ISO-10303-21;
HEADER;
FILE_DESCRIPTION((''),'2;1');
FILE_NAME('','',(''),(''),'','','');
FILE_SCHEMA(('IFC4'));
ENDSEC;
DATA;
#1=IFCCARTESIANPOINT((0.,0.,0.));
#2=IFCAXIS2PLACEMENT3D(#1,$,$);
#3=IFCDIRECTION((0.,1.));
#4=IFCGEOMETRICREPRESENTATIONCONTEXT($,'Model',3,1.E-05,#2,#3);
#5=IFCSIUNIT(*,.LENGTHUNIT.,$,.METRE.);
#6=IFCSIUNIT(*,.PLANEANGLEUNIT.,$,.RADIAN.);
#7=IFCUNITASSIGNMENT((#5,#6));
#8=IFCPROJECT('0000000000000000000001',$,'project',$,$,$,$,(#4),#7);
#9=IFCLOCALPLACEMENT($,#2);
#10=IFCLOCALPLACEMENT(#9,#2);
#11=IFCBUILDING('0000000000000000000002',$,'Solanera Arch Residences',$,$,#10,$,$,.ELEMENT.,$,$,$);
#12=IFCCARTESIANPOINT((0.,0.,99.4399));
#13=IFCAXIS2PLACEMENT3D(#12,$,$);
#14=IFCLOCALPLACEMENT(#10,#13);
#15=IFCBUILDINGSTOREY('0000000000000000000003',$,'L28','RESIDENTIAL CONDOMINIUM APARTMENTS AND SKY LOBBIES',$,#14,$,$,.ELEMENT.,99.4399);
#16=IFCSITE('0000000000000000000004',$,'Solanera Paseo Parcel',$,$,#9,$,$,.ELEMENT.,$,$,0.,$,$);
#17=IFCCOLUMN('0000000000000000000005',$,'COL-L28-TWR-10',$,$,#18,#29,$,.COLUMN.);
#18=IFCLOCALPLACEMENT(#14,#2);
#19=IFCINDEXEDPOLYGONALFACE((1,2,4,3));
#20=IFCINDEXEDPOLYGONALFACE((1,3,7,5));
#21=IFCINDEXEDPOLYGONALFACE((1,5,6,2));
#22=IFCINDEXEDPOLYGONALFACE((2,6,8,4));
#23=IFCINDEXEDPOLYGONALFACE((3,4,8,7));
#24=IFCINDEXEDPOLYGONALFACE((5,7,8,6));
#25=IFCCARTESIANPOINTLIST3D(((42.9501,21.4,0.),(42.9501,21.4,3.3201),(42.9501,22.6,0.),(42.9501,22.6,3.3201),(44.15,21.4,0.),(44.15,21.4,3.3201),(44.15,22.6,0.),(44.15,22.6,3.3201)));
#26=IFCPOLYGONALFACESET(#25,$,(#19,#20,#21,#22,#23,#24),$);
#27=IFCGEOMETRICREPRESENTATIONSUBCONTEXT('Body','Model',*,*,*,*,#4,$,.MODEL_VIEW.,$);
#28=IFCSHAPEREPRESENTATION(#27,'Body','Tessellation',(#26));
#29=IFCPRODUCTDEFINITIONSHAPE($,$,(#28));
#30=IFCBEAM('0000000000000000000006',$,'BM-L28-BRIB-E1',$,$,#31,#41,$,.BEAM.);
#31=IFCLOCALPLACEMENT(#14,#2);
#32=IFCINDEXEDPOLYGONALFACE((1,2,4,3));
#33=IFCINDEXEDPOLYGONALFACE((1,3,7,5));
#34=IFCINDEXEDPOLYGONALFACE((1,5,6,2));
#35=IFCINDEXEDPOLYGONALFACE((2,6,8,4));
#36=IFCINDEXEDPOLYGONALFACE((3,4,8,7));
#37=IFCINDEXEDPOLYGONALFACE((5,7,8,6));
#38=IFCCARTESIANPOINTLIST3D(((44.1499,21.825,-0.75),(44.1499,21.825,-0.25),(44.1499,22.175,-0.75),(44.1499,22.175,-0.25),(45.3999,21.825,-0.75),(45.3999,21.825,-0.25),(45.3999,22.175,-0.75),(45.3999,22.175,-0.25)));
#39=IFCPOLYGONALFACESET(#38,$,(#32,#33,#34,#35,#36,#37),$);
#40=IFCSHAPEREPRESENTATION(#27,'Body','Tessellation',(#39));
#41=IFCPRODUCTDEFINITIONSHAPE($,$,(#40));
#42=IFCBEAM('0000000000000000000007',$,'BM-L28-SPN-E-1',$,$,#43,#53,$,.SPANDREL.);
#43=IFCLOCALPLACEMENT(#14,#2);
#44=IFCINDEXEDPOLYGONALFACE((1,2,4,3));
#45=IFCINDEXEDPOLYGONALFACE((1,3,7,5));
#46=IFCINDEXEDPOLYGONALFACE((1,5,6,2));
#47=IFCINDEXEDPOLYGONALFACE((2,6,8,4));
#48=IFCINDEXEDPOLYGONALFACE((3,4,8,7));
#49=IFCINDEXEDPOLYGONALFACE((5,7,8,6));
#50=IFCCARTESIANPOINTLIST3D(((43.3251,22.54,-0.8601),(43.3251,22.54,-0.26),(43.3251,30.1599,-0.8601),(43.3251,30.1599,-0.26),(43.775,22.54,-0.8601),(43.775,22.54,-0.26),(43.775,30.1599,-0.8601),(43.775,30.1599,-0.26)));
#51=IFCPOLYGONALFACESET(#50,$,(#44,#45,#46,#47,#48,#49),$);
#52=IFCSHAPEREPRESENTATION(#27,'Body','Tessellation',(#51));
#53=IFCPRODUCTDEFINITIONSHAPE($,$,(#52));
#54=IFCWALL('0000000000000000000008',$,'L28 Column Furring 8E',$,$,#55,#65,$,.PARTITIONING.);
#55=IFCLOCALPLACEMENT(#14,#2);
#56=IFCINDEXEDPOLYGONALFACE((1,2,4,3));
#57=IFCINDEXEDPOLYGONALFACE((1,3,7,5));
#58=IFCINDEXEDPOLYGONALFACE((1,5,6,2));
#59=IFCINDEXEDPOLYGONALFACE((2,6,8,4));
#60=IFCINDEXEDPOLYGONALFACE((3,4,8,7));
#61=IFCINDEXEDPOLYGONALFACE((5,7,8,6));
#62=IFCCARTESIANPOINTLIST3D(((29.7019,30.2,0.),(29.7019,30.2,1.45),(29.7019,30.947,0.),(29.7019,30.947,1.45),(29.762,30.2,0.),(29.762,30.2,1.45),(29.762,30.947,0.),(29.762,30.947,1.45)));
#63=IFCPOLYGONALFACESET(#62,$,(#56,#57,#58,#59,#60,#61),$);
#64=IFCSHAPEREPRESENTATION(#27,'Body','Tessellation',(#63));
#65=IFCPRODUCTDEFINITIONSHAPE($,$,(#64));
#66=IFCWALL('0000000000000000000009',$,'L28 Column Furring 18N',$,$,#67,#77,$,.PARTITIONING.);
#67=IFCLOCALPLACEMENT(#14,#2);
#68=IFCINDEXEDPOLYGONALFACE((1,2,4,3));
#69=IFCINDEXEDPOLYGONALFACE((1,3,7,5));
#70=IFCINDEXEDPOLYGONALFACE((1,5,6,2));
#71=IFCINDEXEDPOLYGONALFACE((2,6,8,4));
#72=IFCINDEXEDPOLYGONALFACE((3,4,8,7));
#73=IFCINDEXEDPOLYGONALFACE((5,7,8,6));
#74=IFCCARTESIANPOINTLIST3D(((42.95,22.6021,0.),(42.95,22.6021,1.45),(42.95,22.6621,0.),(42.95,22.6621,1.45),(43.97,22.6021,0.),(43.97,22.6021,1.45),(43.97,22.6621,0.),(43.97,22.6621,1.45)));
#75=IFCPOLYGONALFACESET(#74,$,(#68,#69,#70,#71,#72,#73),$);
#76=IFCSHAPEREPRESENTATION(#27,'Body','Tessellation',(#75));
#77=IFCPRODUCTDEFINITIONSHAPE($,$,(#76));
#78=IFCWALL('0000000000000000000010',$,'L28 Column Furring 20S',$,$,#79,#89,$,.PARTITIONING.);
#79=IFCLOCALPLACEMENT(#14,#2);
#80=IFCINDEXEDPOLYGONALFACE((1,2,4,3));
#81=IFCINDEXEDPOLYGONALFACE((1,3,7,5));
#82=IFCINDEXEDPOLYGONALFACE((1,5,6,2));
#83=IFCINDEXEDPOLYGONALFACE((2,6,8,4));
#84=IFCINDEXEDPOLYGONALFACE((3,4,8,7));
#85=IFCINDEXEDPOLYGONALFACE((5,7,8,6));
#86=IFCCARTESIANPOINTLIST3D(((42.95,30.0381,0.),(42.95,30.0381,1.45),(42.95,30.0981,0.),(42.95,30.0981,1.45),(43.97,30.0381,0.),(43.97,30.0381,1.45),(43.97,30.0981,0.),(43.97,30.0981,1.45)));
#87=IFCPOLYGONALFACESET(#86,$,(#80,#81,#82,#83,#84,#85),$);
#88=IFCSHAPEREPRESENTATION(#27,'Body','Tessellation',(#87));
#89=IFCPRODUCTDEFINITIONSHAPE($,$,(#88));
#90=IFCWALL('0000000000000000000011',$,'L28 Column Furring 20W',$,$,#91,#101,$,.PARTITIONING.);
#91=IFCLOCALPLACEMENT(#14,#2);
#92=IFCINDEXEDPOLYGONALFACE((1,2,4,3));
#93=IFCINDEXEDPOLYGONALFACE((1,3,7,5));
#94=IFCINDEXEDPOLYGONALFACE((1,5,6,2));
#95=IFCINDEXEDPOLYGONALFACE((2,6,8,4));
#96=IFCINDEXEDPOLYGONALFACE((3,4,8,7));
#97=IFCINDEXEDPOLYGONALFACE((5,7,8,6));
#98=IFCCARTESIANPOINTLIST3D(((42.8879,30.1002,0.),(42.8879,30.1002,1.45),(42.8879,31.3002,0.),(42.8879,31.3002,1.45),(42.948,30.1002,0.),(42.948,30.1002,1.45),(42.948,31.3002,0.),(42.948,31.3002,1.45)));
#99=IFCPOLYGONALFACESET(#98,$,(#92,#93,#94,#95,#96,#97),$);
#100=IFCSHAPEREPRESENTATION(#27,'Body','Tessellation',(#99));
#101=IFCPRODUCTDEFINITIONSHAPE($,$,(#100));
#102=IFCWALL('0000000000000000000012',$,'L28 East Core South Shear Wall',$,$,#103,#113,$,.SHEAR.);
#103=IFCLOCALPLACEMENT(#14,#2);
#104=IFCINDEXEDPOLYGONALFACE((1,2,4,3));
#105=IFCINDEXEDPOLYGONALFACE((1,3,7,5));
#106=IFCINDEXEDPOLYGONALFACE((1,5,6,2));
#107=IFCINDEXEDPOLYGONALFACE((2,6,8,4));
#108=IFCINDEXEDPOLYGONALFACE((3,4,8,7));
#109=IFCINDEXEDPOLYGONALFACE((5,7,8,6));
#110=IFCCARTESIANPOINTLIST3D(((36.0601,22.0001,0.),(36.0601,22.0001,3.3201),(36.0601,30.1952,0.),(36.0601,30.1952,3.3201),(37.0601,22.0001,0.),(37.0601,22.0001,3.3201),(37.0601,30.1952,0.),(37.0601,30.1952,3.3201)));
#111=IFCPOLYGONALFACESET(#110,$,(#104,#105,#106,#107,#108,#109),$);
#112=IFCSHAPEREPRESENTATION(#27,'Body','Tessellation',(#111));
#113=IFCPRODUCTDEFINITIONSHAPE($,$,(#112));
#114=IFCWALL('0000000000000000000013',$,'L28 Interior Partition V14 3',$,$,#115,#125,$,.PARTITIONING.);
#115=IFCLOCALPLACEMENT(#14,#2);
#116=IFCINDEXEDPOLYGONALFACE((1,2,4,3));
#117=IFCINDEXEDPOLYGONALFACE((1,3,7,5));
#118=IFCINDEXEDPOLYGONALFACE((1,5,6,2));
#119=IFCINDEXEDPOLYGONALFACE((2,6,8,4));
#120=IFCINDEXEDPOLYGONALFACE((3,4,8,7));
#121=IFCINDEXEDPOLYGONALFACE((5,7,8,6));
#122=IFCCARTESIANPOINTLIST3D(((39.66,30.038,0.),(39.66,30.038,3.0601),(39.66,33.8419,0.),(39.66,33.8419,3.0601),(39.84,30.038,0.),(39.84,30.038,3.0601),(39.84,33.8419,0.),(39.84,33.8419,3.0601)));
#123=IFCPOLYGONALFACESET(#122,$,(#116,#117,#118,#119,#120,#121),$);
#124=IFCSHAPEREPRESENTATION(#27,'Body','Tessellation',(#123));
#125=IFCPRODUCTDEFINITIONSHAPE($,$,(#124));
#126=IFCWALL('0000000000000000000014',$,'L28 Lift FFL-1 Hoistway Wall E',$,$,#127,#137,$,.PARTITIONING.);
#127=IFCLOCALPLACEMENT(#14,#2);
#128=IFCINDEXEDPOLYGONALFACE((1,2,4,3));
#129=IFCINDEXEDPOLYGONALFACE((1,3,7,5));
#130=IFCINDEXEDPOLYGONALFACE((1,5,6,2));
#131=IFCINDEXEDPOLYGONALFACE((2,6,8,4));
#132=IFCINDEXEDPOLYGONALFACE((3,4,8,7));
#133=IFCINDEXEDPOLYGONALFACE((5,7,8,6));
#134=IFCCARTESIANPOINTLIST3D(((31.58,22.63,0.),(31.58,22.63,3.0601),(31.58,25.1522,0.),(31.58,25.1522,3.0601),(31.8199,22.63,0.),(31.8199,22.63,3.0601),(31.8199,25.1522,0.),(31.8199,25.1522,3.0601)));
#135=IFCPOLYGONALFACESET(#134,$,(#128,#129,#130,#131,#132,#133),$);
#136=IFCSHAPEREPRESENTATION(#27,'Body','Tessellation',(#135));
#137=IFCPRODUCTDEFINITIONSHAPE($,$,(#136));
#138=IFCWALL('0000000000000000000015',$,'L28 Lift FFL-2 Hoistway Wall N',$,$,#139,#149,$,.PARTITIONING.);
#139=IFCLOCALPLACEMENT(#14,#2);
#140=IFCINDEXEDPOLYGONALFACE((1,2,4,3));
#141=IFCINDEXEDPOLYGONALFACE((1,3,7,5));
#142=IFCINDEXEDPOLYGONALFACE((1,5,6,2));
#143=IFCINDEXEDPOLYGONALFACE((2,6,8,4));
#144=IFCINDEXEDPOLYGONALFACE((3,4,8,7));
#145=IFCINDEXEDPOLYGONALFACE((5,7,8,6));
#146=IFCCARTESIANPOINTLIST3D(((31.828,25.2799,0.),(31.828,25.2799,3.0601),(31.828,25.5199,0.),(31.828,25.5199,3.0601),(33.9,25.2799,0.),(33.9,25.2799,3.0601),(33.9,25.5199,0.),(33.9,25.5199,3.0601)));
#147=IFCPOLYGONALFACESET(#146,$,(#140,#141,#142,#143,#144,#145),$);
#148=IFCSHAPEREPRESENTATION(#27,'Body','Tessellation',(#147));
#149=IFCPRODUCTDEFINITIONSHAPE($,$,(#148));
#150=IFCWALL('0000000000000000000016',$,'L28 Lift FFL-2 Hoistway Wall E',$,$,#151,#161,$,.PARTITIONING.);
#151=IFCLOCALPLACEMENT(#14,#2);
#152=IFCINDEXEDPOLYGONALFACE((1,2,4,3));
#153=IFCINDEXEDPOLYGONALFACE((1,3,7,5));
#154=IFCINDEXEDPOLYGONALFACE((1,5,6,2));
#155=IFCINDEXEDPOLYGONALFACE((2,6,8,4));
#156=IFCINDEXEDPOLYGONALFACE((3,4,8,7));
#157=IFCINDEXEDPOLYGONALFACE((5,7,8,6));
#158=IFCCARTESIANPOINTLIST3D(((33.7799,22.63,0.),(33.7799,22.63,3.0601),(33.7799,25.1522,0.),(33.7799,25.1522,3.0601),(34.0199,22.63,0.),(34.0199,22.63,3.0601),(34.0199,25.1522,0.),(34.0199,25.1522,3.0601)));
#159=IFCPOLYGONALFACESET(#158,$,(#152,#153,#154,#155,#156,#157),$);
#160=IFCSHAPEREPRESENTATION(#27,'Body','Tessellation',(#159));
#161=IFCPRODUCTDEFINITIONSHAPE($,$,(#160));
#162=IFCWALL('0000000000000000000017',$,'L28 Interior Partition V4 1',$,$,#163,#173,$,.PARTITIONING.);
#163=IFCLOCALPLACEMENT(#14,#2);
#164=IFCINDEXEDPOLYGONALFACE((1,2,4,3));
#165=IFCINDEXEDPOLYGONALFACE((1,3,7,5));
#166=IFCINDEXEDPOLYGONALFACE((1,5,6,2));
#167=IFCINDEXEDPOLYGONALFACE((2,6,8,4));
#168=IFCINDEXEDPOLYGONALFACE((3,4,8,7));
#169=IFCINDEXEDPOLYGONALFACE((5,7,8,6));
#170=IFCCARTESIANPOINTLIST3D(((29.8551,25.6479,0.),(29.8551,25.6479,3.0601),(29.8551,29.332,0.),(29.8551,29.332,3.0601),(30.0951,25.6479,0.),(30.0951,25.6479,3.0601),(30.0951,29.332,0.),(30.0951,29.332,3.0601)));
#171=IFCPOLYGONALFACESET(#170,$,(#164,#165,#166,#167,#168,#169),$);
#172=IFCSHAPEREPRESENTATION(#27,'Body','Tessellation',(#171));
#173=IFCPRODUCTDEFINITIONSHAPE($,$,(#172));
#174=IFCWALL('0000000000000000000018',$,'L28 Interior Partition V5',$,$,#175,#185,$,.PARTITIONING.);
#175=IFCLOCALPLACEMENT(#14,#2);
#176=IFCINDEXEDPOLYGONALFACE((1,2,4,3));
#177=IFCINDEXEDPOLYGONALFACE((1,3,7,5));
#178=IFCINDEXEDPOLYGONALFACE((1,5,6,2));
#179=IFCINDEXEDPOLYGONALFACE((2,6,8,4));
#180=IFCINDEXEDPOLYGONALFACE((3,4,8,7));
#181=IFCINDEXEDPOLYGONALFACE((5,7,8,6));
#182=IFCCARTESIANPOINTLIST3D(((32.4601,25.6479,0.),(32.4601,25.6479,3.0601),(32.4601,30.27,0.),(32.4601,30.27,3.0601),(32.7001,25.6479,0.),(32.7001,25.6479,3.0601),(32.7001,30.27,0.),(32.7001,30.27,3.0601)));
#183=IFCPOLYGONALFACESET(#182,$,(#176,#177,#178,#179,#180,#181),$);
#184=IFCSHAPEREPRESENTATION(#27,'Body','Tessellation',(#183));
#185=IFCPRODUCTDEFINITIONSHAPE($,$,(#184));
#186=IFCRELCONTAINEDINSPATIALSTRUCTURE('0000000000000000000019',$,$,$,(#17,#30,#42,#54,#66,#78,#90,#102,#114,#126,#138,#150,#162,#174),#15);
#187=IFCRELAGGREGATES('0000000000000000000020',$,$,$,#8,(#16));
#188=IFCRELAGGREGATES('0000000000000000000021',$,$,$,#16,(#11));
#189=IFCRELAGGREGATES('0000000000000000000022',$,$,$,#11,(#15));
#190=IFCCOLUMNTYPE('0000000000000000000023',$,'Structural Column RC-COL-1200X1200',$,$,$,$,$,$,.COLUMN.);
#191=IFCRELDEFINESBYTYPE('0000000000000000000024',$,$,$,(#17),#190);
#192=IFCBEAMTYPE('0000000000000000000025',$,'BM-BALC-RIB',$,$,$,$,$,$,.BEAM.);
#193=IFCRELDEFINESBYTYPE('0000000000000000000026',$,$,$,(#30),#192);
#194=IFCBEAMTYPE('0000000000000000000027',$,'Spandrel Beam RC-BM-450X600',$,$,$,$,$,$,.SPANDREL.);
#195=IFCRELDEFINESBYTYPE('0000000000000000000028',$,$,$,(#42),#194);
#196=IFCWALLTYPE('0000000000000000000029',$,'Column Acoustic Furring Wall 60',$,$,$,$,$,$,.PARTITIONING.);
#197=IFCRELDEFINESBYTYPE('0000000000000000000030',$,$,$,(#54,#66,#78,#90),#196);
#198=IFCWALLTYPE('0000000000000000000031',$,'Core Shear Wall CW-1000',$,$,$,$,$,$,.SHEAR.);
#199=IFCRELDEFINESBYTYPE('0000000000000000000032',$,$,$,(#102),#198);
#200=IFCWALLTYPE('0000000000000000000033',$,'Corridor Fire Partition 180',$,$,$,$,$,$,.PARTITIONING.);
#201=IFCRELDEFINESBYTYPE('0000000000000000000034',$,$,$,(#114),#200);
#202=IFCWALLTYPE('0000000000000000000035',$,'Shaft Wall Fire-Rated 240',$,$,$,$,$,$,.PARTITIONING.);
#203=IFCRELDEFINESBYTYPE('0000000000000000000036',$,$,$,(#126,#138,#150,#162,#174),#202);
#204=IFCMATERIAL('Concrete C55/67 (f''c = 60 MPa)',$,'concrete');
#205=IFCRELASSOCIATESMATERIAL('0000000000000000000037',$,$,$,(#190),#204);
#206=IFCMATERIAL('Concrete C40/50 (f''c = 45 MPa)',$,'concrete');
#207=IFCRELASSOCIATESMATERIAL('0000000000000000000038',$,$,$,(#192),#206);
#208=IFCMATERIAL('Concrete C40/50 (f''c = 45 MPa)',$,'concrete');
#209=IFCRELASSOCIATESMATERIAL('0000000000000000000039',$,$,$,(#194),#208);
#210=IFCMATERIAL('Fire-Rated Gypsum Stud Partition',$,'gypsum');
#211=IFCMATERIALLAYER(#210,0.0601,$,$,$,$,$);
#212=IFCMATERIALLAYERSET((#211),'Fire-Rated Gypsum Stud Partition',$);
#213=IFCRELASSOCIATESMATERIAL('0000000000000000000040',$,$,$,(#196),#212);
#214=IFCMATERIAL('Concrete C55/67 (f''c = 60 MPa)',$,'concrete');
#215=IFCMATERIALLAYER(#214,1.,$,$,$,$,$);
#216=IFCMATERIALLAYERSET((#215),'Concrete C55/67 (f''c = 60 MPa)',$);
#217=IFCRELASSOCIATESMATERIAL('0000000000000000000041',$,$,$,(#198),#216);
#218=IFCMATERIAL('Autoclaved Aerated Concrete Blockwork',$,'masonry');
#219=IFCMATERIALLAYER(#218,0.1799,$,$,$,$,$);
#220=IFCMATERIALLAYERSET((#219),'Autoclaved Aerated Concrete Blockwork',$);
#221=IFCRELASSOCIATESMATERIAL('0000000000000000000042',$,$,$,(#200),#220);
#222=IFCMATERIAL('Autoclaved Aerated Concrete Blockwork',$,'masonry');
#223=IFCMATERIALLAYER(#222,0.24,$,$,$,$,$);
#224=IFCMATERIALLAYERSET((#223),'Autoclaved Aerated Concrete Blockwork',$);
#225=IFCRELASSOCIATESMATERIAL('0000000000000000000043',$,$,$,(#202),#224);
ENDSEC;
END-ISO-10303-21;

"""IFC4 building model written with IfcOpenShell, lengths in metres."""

from ifc_helpers import new_model, si_unit, direction, frame, frame_2d, origin, origin_2d, place, context, subcontext, project, spatial, rectangle, extrude, material, layer, layer_set, material_profile, profile_set, type_object, element, save


model = new_model("IFC4")

# Units and contexts
model_context = context("Model", 3, precision=1e-05, world=origin(), true_north=direction((0.0, 1.0)))
body_context = subcontext(model_context, "Body", "Model", "MODEL_VIEW")
ifc_project = project(units=[si_unit("LENGTHUNIT", "METRE"), si_unit("PLANEANGLEUNIT", "RADIAN")], contexts=[model_context])

# Site, building, storey
site_placement = place(None, origin())
site = spatial("IfcSite", under=ifc_project, at=site_placement, Name="Solanera Paseo Parcel", CompositionType="ELEMENT", RefElevation=0.0)
building_placement = place(site_placement, origin())
building = spatial("IfcBuilding", under=site, at=building_placement, Name="Solanera Arch Residences", CompositionType="ELEMENT")
storey_placement = place(building_placement, frame((0.0, 0.0, 99.4399)))
storey = spatial("IfcBuildingStorey", under=building, at=storey_placement, Name="L28", Description="RESIDENTIAL CONDOMINIUM APARTMENTS AND SKY LOBBIES", CompositionType="ELEMENT", Elevation=99.4399)

# Column
ifc_material_1 = material(Name="Concrete C55/67 (f'c = 60 MPa)", Category="concrete")
ifc_material_profile_1 = material_profile(ifc_material_1, rectangle(XDim=1.2, YDim=1.2, at=origin_2d()))
ifc_profile_set_1 = profile_set([ifc_material_profile_1], Name="Concrete C55/67 (f'c = 60 MPa)")
column_type = type_object("IfcColumnType", Name="Structural Column RC-COL-1200X1200", PredefinedType="COLUMN", material=ifc_profile_set_1)
column_placement = place(storey_placement, frame((43.55, 22.0, 0.0), z_axis=(0.0, 0.0, 1.0), x_axis=(1.0, 0.0, 0.0)))
element("IfcColumn", 1, at=column_placement, inside=storey, type_object=column_type, Name="COL-L28-TWR-10", PredefinedType="COLUMN", context=body_context, shape_type="SweptSolid", body=[
    extrude(rectangle(XDim=1.2, YDim=1.2, at=origin_2d()), origin(), (0.0, 0.0, 1.0), 3.3201),
])

# Beams
ifc_material_2 = material(Name="Concrete C40/50 (f'c = 45 MPa)", Category="concrete")
ifc_material_profile_2 = material_profile(ifc_material_2, rectangle(XDim=0.3501, YDim=0.5, at=origin_2d()))
ifc_profile_set_2 = profile_set([ifc_material_profile_2], Name="Concrete C40/50 (f'c = 45 MPa)")
beam_type_1 = type_object("IfcBeamType", Name="BM-BALC-RIB", PredefinedType="BEAM", material=ifc_profile_set_2)
beam_1_placement = place(storey_placement, frame((44.1499, 22.0, -0.5), z_axis=(1.0, 0.0, 0.0), x_axis=(0.0, 1.0, 0.0)))
element("IfcBeam", 2, at=beam_1_placement, inside=storey, type_object=beam_type_1, Name="BM-L28-BRIB-E1", PredefinedType="BEAM", context=body_context, shape_type="SweptSolid", body=[
    extrude(rectangle(XDim=0.3501, YDim=0.5, at=origin_2d()), origin(), (0.0, 0.0, 1.0), 1.25),
])
ifc_material_3 = material(Name="Concrete C40/50 (f'c = 45 MPa)", Category="concrete")
ifc_material_profile_3 = material_profile(ifc_material_3, rectangle(XDim=0.45, YDim=0.6001, at=origin_2d()))
ifc_profile_set_3 = profile_set([ifc_material_profile_3], Name="Concrete C40/50 (f'c = 45 MPa)")
beam_type_2 = type_object("IfcBeamType", Name="Spandrel Beam RC-BM-450X600", PredefinedType="SPANDREL", material=ifc_profile_set_3)
beam_2_placement = place(storey_placement, frame((43.55, 22.54, -0.5601), z_axis=(0.0, 1.0, 0.0), x_axis=(-1.0, 0.0, 0.0)))
element("IfcBeam", 3, at=beam_2_placement, inside=storey, type_object=beam_type_2, Name="BM-L28-SPN-E-1", PredefinedType="SPANDREL", context=body_context, shape_type="SweptSolid", body=[
    extrude(rectangle(XDim=0.45, YDim=0.6001, at=origin_2d()), origin(), (0.0, 0.0, 1.0), 7.6199),
])

# Walls
ifc_material_4 = material(Name="Fire-Rated Gypsum Stud Partition", Category="gypsum")
ifc_layer_1 = layer(ifc_material_4, 0.0601)
ifc_layer_set_1 = layer_set([ifc_layer_1], Name="Fire-Rated Gypsum Stud Partition")
wall_type_1 = type_object("IfcWallType", Name="Column Acoustic Furring Wall 60", PredefinedType="PARTITIONING", material=ifc_layer_set_1)
wall_1_placement = place(storey_placement, frame((29.7319, 30.2, 0.0), z_axis=(0.0, 0.0, 1.0), x_axis=(0.0, 1.0, 0.0)))
element("IfcWall", 4, at=wall_1_placement, inside=storey, type_object=wall_type_1, Name="L28 Column Furring 8E", PredefinedType="PARTITIONING", context=body_context, shape_type="SweptSolid", body=[
    extrude(rectangle(XDim=0.7471, YDim=0.0601, at=frame_2d((0.3735, 0.0))), origin(), (0.0, 0.0, 1.0), 1.45),
])
for number, where, z_axis, x_axis, name in (
    (5, (42.95, 22.6321, 0.0), (0.0, 0.0, 1.0), (1.0, 0.0, 0.0), "L28 Column Furring 18N"),
    (6, (42.95, 30.0681, 0.0), (0.0, 0.0, 1.0), (1.0, 0.0, 0.0), "L28 Column Furring 20S"),
):
    element("IfcWall", number, at=place(storey_placement, frame(where, z_axis=z_axis, x_axis=x_axis)), inside=storey, type_object=wall_type_1, Name=name, PredefinedType="PARTITIONING", context=body_context, shape_type="SweptSolid", body=[
        extrude(rectangle(XDim=1.02, YDim=0.0601, at=frame_2d((0.51, 0.0))), origin(), (0.0, 0.0, 1.0), 1.45),
    ])
wall_2_placement = place(storey_placement, frame((42.918, 30.1001, 0.0), z_axis=(0.0, 0.0, 1.0), x_axis=(0.0, 1.0, 0.0)))
element("IfcWall", 7, at=wall_2_placement, inside=storey, type_object=wall_type_1, Name="L28 Column Furring 20W", PredefinedType="PARTITIONING", context=body_context, shape_type="SweptSolid", body=[
    extrude(rectangle(XDim=1.2, YDim=0.0601, at=frame_2d((0.6001, 0.0))), origin(), (0.0, 0.0, 1.0), 1.45),
])
ifc_material_5 = material(Name="Concrete C55/67 (f'c = 60 MPa)", Category="concrete")
ifc_layer_2 = layer(ifc_material_5, 1.0)
ifc_layer_set_2 = layer_set([ifc_layer_2], Name="Concrete C55/67 (f'c = 60 MPa)")
wall_type_2 = type_object("IfcWallType", Name="Core Shear Wall CW-1000", PredefinedType="SHEAR", material=ifc_layer_set_2)
wall_3_placement = place(storey_placement, frame((36.5601, 22.0, 0.0), z_axis=(0.0, 0.0, 1.0), x_axis=(0.0, 1.0, 0.0)))
element("IfcWall", 8, at=wall_3_placement, inside=storey, type_object=wall_type_2, Name="L28 East Core South Shear Wall", PredefinedType="SHEAR", context=body_context, shape_type="SweptSolid", body=[
    extrude(rectangle(XDim=8.1951, YDim=1.0, at=frame_2d((4.0977, 0.0))), origin(), (0.0, 0.0, 1.0), 3.3201),
])

# Shared definitions
ifc_material_6 = material(Name="Autoclaved Aerated Concrete Blockwork", Category="masonry")
ifc_layer_3 = layer(ifc_material_6, 0.1799)
ifc_layer_set_3 = layer_set([ifc_layer_3], Name="Autoclaved Aerated Concrete Blockwork")
wall_type_3 = type_object("IfcWallType", Name="Corridor Fire Partition 180", PredefinedType="PARTITIONING", material=ifc_layer_set_3)

# Walls
wall_4_placement = place(storey_placement, frame((39.75, 30.0381, 0.0), z_axis=(0.0, 0.0, 1.0), x_axis=(0.0, 1.0, 0.0)))
element("IfcWall", 9, at=wall_4_placement, inside=storey, type_object=wall_type_3, Name="L28 Interior Partition V14 3", PredefinedType="PARTITIONING", context=body_context, shape_type="SweptSolid", body=[
    extrude(rectangle(XDim=3.804, YDim=0.1799, at=frame_2d((1.9019, 0.0))), origin(), (0.0, 0.0, 1.0), 3.0601),
])
ifc_material_7 = material(Name="Autoclaved Aerated Concrete Blockwork", Category="masonry")
ifc_layer_4 = layer(ifc_material_7, 0.24)
ifc_layer_set_4 = layer_set([ifc_layer_4], Name="Autoclaved Aerated Concrete Blockwork")
wall_type_4 = type_object("IfcWallType", Name="Shaft Wall Fire-Rated 240", PredefinedType="PARTITIONING", material=ifc_layer_set_4)
wall_5_placement = place(storey_placement, frame((31.7, 22.6299, 0.0), z_axis=(0.0, 0.0, 1.0), x_axis=(0.0, 1.0, 0.0)))
element("IfcWall", 10, at=wall_5_placement, inside=storey, type_object=wall_type_4, Name="L28 Lift FFL-1 Hoistway Wall E", PredefinedType="PARTITIONING", context=body_context, shape_type="SweptSolid", body=[
    extrude(rectangle(XDim=2.5222, YDim=0.24, at=frame_2d((1.2612, 0.0))), origin(), (0.0, 0.0, 1.0), 3.0601),
])
wall_6_placement = place(storey_placement, frame((31.8279, 25.3999, 0.0), z_axis=(0.0, 0.0, 1.0), x_axis=(1.0, 0.0, 0.0)))
element("IfcWall", 11, at=wall_6_placement, inside=storey, type_object=wall_type_4, Name="L28 Lift FFL-2 Hoistway Wall N", PredefinedType="PARTITIONING", context=body_context, shape_type="SweptSolid", body=[
    extrude(rectangle(XDim=2.072, YDim=0.24, at=frame_2d((1.0361, 0.0))), origin(), (0.0, 0.0, 1.0), 3.0601),
])
wall_7_placement = place(storey_placement, frame((33.8999, 22.6299, 0.0), z_axis=(0.0, 0.0, 1.0), x_axis=(0.0, 1.0, 0.0)))
element("IfcWall", 12, at=wall_7_placement, inside=storey, type_object=wall_type_4, Name="L28 Lift FFL-2 Hoistway Wall E", PredefinedType="PARTITIONING", context=body_context, shape_type="SweptSolid", body=[
    extrude(rectangle(XDim=2.5222, YDim=0.24, at=frame_2d((1.2612, 0.0))), origin(), (0.0, 0.0, 1.0), 3.0601),
])
wall_8_placement = place(storey_placement, frame((29.9751, 25.6479, 0.0), z_axis=(0.0, 0.0, 1.0), x_axis=(0.0, 1.0, 0.0)))
element("IfcWall", 13, at=wall_8_placement, inside=storey, type_object=wall_type_4, Name="L28 Interior Partition V4 1", PredefinedType="PARTITIONING", context=body_context, shape_type="SweptSolid", body=[
    extrude(rectangle(XDim=3.6841, YDim=0.24, at=frame_2d((1.842, 0.0))), origin(), (0.0, 0.0, 1.0), 3.0601),
])

# Wall
wall_9_placement = place(storey_placement, frame((32.5801, 25.6479, 0.0), z_axis=(0.0, 0.0, 1.0), x_axis=(0.0, 1.0, 0.0)))
element("IfcWall", 14, at=wall_9_placement, inside=storey, type_object=wall_type_4, Name="L28 Interior Partition V5", PredefinedType="PARTITIONING", context=body_context, shape_type="SweptSolid", body=[
    extrude(rectangle(XDim=4.6221, YDim=0.24, at=frame_2d((2.311, 0.0))), origin(), (0.0, 0.0, 1.0), 3.0601),
])

save(model, "model.ifc")
